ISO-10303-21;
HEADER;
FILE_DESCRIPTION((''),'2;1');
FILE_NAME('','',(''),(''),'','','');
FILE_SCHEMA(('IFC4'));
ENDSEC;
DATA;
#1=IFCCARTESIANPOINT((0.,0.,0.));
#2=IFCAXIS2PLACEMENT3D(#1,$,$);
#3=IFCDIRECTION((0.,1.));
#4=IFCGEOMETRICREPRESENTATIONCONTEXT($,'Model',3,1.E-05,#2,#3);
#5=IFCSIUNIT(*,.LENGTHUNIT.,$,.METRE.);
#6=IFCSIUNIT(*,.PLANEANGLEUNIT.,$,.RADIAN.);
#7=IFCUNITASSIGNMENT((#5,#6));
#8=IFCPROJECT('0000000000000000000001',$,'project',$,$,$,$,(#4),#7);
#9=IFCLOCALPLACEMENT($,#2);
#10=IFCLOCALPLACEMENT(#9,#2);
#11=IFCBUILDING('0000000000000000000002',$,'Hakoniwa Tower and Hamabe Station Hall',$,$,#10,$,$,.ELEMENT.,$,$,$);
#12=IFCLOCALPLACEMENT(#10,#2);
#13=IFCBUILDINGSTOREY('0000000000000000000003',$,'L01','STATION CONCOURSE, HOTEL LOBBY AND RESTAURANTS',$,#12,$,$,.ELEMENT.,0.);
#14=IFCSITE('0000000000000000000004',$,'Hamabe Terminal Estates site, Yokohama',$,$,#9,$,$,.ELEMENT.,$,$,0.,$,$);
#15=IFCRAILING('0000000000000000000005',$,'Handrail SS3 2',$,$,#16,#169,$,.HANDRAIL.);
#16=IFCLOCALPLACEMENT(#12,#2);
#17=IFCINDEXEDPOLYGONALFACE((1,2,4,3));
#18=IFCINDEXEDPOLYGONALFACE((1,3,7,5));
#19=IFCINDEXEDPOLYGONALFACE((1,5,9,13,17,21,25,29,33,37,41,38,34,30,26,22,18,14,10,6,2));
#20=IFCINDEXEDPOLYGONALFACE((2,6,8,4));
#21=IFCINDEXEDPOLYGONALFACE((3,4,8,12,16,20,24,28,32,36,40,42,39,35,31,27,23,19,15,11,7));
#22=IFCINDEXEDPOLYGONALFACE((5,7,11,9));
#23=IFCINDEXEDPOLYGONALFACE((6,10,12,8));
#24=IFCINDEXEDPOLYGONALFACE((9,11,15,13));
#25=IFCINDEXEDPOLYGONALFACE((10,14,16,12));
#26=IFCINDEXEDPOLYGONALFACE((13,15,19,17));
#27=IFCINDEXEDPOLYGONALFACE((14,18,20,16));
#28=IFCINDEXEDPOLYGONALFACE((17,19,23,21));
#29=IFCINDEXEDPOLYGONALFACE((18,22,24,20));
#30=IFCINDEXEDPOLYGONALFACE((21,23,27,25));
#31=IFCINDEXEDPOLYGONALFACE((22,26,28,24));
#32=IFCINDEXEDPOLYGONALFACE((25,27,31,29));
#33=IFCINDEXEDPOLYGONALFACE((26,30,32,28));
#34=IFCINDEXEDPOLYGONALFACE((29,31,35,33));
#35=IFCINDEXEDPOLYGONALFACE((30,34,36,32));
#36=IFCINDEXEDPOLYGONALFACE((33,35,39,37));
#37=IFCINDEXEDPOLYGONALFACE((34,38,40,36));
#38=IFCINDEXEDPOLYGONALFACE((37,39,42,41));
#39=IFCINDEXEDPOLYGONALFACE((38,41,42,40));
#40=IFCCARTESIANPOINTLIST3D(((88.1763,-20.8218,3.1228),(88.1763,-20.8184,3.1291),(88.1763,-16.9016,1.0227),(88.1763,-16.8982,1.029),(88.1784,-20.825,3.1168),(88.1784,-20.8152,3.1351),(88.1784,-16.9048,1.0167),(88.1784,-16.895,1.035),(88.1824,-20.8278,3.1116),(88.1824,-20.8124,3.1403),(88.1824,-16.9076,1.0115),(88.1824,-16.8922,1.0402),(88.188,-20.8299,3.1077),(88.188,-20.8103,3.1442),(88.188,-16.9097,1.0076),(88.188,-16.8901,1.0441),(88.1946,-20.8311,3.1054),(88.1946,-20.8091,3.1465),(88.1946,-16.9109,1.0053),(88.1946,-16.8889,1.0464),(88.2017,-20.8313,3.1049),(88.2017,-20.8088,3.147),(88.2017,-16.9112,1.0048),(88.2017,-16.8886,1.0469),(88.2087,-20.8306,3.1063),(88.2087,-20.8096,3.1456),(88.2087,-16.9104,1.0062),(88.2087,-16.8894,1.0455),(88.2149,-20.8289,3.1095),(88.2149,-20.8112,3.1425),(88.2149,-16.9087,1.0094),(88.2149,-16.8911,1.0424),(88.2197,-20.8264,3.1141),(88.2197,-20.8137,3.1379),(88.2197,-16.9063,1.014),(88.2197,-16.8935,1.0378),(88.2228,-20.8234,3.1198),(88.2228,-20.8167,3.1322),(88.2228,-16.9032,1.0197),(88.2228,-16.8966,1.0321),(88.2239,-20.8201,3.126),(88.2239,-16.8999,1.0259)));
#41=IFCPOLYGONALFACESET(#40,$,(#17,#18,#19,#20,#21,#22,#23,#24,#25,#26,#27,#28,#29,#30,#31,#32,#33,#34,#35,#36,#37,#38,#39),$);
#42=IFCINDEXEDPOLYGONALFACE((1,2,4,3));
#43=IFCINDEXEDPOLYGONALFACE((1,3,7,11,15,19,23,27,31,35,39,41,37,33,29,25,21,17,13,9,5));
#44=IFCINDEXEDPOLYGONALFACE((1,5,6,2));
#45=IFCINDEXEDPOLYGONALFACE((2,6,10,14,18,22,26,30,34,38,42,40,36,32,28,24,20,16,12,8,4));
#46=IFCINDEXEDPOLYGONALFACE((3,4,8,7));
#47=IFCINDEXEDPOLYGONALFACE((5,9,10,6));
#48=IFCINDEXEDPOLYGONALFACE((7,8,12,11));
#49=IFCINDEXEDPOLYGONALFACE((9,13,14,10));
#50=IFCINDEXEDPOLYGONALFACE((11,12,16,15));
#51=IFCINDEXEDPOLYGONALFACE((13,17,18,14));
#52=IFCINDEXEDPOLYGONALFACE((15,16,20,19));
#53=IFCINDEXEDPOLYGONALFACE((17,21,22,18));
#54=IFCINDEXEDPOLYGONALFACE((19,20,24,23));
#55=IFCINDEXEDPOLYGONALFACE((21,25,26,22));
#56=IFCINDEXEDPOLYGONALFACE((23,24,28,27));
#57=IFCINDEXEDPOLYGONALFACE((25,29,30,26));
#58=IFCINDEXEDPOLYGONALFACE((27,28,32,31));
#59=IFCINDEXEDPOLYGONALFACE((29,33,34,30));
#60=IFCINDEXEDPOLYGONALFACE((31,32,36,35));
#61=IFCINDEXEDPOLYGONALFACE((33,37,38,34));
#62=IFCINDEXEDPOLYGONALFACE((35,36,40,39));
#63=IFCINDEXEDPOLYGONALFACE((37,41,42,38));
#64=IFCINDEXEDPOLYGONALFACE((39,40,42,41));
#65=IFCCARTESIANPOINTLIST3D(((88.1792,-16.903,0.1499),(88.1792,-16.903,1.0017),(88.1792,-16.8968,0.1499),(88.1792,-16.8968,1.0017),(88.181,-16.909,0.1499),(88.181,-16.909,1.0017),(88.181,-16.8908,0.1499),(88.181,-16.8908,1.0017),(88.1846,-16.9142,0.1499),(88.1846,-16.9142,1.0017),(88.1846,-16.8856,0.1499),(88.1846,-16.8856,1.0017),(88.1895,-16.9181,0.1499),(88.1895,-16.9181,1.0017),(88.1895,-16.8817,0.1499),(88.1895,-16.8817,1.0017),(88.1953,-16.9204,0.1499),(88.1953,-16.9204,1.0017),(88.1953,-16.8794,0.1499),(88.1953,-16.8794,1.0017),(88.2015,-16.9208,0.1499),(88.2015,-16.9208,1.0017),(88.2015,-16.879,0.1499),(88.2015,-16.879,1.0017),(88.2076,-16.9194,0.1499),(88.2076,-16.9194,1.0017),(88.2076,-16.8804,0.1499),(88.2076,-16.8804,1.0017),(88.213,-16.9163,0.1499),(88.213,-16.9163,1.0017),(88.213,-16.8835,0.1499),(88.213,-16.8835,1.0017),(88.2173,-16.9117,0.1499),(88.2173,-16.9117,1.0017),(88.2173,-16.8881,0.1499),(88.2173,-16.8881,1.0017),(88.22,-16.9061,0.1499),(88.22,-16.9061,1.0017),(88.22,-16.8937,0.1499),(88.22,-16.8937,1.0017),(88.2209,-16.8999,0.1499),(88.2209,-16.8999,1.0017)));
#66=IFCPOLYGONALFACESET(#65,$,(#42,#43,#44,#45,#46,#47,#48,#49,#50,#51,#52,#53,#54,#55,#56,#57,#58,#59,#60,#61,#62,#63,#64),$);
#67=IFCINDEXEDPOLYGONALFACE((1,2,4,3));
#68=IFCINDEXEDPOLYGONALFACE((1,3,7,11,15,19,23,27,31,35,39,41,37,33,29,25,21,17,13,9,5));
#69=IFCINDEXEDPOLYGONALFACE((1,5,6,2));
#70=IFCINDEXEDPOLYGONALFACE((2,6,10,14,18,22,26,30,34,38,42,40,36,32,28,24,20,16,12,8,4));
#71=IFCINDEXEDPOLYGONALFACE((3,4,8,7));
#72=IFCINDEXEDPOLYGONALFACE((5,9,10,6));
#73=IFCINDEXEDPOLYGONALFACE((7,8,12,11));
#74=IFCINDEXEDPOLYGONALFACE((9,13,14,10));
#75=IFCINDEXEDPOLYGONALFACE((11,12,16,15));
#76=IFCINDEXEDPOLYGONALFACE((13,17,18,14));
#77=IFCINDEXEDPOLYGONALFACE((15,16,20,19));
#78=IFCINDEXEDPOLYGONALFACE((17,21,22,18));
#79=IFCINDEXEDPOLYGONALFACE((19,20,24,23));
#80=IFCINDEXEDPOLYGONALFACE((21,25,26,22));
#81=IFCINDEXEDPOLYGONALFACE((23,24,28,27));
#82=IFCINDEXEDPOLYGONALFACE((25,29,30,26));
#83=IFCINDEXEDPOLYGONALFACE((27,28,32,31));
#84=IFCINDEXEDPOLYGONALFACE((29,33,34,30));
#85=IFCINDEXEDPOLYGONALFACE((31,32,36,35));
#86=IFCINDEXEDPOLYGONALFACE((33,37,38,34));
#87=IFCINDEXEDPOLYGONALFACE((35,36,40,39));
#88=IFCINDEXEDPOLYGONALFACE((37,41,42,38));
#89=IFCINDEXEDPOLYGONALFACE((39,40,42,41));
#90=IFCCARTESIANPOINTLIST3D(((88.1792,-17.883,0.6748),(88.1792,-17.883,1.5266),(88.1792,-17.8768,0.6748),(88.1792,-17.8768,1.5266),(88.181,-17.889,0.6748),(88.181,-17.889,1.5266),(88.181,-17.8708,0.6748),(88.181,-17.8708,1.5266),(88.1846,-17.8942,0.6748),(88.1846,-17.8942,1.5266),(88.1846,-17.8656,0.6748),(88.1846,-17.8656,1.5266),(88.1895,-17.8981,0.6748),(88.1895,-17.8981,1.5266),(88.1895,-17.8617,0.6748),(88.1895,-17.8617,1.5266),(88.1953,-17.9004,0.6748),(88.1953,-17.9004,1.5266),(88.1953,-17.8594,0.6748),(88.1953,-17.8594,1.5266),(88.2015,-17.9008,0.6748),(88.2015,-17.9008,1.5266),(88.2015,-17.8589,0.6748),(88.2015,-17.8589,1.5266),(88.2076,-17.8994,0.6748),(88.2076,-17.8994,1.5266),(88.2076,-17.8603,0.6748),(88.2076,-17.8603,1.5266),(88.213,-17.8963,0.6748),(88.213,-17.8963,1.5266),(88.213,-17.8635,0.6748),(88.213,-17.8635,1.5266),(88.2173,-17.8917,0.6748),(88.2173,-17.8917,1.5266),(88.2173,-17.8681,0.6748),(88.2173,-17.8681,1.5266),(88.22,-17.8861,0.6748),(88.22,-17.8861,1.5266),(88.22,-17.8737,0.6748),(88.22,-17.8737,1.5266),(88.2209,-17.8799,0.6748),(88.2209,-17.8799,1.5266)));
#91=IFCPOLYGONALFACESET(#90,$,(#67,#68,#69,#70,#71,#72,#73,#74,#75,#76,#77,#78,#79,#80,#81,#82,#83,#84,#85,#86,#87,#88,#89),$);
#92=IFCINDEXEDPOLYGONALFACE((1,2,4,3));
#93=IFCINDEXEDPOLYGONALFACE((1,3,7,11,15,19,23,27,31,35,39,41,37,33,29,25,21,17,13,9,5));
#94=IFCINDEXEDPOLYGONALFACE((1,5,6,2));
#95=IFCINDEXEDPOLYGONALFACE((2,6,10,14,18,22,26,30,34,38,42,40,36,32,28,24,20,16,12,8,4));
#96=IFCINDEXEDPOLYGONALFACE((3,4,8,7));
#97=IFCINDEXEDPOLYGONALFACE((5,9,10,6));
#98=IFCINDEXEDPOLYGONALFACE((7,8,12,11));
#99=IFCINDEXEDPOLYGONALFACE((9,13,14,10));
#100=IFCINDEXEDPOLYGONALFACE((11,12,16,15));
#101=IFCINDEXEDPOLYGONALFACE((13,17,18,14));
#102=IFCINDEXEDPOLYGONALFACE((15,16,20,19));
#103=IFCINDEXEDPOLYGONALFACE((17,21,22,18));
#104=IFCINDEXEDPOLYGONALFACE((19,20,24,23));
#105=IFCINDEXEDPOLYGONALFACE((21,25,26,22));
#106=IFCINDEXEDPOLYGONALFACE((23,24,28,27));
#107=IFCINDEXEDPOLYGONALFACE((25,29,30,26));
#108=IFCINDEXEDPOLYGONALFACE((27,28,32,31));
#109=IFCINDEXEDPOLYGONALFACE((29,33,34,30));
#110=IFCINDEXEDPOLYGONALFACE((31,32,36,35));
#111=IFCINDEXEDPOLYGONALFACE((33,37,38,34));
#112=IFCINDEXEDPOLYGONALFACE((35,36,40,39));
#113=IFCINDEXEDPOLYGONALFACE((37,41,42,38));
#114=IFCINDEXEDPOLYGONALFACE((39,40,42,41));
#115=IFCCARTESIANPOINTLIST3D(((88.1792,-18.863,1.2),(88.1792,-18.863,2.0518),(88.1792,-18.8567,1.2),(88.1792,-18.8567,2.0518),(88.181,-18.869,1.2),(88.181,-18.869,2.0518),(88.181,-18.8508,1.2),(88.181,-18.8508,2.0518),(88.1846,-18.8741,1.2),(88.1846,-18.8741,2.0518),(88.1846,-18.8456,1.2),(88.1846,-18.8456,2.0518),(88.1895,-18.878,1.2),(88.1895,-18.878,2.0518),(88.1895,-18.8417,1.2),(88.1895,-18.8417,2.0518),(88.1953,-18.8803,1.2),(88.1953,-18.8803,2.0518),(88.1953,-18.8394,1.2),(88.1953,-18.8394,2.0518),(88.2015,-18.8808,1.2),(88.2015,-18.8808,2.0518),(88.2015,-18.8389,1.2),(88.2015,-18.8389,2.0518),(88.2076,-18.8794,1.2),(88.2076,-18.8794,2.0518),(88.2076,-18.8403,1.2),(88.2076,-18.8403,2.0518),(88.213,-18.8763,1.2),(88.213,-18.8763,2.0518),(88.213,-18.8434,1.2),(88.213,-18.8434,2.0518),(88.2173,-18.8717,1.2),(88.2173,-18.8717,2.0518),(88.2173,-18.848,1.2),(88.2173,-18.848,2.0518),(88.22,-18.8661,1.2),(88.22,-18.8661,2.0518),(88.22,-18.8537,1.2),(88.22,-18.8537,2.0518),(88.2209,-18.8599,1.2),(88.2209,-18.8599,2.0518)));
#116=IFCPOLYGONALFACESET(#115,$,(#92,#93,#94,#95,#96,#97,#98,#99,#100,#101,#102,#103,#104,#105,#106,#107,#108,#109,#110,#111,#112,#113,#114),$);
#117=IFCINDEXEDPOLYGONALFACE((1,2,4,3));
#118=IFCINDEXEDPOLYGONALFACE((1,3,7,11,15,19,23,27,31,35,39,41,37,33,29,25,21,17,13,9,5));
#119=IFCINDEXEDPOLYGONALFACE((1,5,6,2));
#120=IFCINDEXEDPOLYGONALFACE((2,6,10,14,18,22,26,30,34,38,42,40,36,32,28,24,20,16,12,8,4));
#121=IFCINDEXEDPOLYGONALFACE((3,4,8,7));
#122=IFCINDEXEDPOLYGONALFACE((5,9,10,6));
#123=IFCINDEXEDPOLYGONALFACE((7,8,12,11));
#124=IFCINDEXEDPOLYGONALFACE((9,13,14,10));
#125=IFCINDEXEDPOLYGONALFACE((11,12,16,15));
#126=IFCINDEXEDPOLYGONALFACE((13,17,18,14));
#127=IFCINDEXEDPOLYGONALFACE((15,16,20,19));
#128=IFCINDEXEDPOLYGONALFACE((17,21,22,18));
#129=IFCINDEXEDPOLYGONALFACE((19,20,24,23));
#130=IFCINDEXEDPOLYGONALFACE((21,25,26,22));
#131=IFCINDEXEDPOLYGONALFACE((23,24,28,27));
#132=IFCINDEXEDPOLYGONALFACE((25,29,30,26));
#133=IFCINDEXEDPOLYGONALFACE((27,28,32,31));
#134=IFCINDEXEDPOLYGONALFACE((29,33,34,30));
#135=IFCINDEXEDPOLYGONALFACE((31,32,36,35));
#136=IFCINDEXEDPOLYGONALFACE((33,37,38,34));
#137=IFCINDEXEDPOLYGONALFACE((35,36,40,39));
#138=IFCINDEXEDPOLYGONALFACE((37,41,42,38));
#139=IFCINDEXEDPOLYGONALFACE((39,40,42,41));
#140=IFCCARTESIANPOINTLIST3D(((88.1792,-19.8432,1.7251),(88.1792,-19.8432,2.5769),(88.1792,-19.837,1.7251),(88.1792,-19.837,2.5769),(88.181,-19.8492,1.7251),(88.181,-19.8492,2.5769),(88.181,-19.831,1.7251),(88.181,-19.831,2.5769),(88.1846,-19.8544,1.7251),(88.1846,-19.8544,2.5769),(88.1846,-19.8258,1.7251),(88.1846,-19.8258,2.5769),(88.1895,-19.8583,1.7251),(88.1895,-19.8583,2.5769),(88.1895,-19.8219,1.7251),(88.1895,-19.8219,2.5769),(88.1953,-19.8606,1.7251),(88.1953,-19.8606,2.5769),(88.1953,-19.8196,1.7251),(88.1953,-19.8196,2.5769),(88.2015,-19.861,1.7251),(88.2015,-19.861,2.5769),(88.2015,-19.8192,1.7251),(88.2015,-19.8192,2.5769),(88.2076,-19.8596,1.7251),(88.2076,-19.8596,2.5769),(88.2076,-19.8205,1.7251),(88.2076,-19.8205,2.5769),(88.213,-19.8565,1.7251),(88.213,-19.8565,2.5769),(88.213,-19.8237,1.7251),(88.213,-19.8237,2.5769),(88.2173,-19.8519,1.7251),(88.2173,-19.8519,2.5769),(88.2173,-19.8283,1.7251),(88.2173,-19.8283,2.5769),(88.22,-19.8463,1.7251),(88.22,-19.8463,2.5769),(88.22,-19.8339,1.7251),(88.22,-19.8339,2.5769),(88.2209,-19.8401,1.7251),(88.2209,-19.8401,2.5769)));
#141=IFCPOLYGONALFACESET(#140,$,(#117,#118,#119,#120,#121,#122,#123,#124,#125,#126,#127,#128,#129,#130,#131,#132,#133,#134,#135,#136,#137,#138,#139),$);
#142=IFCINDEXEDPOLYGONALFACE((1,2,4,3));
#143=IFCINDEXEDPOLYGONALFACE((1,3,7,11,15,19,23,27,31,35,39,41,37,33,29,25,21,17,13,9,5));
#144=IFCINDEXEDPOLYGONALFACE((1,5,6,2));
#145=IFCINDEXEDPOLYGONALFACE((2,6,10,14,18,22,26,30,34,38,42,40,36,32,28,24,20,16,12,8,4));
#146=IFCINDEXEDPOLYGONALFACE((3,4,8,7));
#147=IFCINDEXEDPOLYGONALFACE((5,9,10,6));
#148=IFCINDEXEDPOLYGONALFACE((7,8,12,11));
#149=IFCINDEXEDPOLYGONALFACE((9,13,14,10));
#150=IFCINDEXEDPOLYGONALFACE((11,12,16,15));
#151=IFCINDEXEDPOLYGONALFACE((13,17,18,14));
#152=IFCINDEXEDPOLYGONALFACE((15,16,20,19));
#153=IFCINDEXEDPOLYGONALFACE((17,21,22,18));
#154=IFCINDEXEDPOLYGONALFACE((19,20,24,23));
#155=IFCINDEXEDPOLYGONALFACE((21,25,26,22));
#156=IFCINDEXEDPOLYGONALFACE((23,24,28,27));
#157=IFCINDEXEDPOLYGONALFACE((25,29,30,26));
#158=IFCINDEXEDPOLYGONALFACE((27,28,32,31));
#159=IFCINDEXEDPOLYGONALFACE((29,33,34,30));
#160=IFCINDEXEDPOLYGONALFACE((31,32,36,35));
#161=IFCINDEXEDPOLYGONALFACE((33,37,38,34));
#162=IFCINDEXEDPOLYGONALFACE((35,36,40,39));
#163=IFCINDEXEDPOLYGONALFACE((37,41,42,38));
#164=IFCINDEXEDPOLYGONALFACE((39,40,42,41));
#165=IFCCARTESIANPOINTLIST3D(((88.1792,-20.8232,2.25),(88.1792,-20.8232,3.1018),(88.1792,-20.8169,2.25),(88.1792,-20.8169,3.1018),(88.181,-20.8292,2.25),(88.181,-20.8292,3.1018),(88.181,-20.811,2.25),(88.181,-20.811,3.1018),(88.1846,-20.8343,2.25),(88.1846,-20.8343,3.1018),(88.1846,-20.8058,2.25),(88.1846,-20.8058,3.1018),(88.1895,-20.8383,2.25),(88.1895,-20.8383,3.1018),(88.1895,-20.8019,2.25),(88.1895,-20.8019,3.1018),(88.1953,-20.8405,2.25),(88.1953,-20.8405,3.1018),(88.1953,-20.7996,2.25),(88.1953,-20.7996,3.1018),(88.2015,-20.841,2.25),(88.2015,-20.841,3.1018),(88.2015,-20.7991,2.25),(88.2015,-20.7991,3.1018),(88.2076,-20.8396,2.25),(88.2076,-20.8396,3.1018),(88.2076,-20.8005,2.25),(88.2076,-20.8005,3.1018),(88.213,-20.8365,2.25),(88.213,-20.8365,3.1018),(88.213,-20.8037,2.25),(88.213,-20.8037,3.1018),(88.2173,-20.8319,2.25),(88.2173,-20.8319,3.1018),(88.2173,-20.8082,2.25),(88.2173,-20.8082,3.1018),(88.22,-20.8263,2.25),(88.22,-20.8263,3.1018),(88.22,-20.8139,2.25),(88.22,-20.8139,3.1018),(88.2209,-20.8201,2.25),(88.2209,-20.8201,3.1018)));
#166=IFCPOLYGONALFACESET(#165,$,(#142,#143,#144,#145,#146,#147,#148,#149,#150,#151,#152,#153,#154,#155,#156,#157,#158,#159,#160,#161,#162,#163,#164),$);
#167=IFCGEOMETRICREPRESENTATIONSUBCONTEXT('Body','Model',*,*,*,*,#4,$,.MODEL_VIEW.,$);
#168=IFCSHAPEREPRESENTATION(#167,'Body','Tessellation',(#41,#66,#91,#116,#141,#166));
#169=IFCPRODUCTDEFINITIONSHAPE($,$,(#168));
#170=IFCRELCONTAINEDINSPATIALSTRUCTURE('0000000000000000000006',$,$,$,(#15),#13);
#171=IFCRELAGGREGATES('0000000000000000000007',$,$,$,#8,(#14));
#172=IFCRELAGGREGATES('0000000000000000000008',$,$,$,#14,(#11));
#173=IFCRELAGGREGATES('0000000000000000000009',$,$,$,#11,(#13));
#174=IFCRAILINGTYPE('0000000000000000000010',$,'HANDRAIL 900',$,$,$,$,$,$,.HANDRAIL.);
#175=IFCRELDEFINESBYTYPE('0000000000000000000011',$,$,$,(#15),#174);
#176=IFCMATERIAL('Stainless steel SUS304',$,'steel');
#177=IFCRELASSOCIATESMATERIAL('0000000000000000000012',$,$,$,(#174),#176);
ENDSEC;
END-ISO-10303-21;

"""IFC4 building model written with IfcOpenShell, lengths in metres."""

from ifc_helpers import new_model, si_unit, direction, frame, origin, origin_2d, place, context, subcontext, project, spatial, circle, extrude, material, type_object, element, save


model = new_model("IFC4")

# Units and contexts
model_context = context("Model", 3, precision=1e-05, world=origin(), true_north=direction((0.0, 1.0)))
body_context = subcontext(model_context, "Body", "Model", "MODEL_VIEW")
ifc_project = project(units=[si_unit("LENGTHUNIT", "METRE"), si_unit("PLANEANGLEUNIT", "RADIAN")], contexts=[model_context])

# Site, building, storey
site_placement = place(None, origin())
site = spatial("IfcSite", under=ifc_project, at=site_placement, Name="Hamabe Terminal Estates site, Yokohama", CompositionType="ELEMENT", RefElevation=0.0)
building_placement = place(site_placement, origin())
building = spatial("IfcBuilding", under=site, at=building_placement, Name="Hakoniwa Tower and Hamabe Station Hall", CompositionType="ELEMENT")
storey_placement = place(building_placement, origin())
storey = spatial("IfcBuildingStorey", under=building, at=storey_placement, Name="L01", Description="STATION CONCOURSE, HOTEL LOBBY AND RESTAURANTS", CompositionType="ELEMENT", Elevation=0.0)

# Railing
ifc_material_1 = material(Name="Stainless steel SUS304", Category="steel")
railing_type = type_object("IfcRailingType", Name="HANDRAIL 900", PredefinedType="HANDRAIL", material=ifc_material_1)
for number, where, name in (
    (1, (88.2, -16.8999, 0.1499), "Handrail SS3 2"),
):
    element("IfcRailing", number, at=place(storey_placement, frame(where)), inside=storey, type_object=railing_type, Name=name, PredefinedType="HANDRAIL", context=body_context, shape_type="SweptSolid", body=[
        extrude(circle(Radius=0.0239, at=origin_2d()), frame((0.0, 0.0, 0.876), z_axis=(0.0, -0.881479, 0.472223), x_axis=(1.0, 0.0, 0.0)), (0.0, 0.0, 1.0), 4.4473),
        extrude(circle(Radius=0.021, at=origin_2d()), origin(), (0.0, 0.0, 1.0), 0.8518),
        extrude(circle(Radius=0.021, at=origin_2d()), frame((0.0, -0.98, 0.5249)), (0.0, 0.0, 1.0), 0.8518),
        extrude(circle(Radius=0.021, at=origin_2d()), frame((0.0, -1.96, 1.05)), (0.0, 0.0, 1.0), 0.8518),
        extrude(circle(Radius=0.021, at=origin_2d()), frame((0.0, -2.9402, 1.5752)), (0.0, 0.0, 1.0), 0.8518),
        extrude(circle(Radius=0.021, at=origin_2d()), frame((0.0, -3.9202, 2.1001)), (0.0, 0.0, 1.0), 0.8518),
    ])

save(model, "model.ifc")
